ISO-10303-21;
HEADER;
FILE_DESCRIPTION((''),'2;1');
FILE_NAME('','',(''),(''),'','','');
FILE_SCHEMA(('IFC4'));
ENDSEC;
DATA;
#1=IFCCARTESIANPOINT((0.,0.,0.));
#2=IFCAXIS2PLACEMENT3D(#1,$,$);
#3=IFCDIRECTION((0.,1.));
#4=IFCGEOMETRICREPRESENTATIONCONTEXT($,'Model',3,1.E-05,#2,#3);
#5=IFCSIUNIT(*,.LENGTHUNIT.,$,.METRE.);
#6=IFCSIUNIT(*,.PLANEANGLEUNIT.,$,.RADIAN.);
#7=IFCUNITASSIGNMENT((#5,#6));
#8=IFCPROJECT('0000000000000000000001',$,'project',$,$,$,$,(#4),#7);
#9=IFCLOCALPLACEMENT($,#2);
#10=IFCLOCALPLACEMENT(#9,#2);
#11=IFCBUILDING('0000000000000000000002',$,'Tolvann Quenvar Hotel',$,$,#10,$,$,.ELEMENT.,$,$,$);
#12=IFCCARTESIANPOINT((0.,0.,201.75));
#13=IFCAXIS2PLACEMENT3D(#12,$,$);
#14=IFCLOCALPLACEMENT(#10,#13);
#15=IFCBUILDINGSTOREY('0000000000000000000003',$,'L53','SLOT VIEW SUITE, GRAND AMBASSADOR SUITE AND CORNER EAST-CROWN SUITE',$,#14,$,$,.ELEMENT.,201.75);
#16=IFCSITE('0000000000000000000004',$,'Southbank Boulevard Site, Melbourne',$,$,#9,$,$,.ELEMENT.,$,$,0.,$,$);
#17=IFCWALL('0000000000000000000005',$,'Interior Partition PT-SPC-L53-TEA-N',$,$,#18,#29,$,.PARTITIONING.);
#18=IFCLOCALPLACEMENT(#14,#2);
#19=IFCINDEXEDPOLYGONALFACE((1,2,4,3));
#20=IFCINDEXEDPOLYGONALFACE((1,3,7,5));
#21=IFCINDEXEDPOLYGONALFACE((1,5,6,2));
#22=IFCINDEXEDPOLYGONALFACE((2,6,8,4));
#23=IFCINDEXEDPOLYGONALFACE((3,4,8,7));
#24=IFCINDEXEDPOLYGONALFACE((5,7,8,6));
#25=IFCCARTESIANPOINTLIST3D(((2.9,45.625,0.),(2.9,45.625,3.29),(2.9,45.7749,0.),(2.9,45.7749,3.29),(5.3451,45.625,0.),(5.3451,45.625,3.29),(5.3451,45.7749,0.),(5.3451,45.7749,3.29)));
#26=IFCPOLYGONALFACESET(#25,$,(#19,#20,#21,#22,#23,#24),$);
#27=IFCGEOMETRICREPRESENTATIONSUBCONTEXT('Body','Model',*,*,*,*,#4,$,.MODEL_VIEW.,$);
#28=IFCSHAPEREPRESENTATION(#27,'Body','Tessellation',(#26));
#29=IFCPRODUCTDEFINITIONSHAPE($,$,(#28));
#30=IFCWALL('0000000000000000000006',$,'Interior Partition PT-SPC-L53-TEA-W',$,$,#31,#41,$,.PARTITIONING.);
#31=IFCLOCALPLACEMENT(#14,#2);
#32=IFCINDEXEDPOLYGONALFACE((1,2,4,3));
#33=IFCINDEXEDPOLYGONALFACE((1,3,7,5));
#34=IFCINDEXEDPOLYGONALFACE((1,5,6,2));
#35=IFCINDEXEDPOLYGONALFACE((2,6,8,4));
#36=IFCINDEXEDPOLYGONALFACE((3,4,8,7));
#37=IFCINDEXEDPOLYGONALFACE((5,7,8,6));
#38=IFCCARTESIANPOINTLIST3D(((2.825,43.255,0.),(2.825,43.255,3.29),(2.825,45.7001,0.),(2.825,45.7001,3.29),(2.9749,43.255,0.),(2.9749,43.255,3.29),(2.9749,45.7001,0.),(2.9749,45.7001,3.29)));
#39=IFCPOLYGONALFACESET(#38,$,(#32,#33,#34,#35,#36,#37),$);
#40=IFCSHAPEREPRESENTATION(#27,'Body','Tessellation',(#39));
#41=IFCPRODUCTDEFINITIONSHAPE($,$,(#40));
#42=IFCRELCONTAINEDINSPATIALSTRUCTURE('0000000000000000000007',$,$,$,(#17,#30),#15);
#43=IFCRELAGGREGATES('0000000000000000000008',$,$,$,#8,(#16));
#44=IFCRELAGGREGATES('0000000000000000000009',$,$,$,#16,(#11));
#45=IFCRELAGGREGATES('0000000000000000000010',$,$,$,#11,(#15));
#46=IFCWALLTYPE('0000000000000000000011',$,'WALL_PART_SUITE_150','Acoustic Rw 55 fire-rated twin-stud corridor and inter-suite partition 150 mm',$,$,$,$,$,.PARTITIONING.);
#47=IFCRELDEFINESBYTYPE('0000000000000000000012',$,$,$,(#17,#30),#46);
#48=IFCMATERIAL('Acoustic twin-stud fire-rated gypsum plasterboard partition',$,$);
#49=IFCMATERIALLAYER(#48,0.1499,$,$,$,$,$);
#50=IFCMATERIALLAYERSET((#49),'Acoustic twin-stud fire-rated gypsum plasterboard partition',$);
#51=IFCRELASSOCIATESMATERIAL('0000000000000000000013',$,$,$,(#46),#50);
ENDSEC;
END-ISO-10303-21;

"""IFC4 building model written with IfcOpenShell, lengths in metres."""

from ifc_helpers import new_model, si_unit, direction, frame, frame_2d, origin, place, context, subcontext, project, spatial, rectangle, extrude, material, layer, layer_set, type_object, element, save


model = new_model("IFC4")

# Units and contexts
model_context = context("Model", 3, precision=1e-05, world=origin(), true_north=direction((0.0, 1.0)))
body_context = subcontext(model_context, "Body", "Model", "MODEL_VIEW")
ifc_project = project(units=[si_unit("LENGTHUNIT", "METRE"), si_unit("PLANEANGLEUNIT", "RADIAN")], contexts=[model_context])

# Site, building, storey
site_placement = place(None, origin())
site = spatial("IfcSite", under=ifc_project, at=site_placement, Name="Southbank Boulevard Site, Melbourne", CompositionType="ELEMENT", RefElevation=0.0)
building_placement = place(site_placement, origin())
building = spatial("IfcBuilding", under=site, at=building_placement, Name="Tolvann Quenvar Hotel", CompositionType="ELEMENT")
storey_placement = place(building_placement, frame((0.0, 0.0, 201.75)))
storey = spatial("IfcBuildingStorey", under=building, at=storey_placement, Name="L53", Description="SLOT VIEW SUITE, GRAND AMBASSADOR SUITE AND CORNER EAST-CROWN SUITE", CompositionType="ELEMENT", Elevation=201.75)

# Walls
ifc_material_1 = material(Name="Acoustic twin-stud fire-rated gypsum plasterboard partition")
ifc_layer_1 = layer(ifc_material_1, 0.1499)
ifc_layer_set_1 = layer_set([ifc_layer_1], Name="Acoustic twin-stud fire-rated gypsum plasterboard partition")
wall_type_1 = type_object("IfcWallType", Name="WALL_PART_SUITE_150", Description="Acoustic Rw 55 fire-rated twin-stud corridor and inter-suite partition 150 mm", PredefinedType="PARTITIONING", material=ifc_layer_set_1)
for number, where, z_axis, x_axis, name in (
    (1, (2.8999, 45.7, 0.0), (0.0, 0.0, 1.0), (1.0, 0.0, 0.0), "Interior Partition PT-SPC-L53-TEA-N"),
    (2, (2.8999, 43.2549, 0.0), (0.0, 0.0, 1.0), (0.0, 1.0, 0.0), "Interior Partition PT-SPC-L53-TEA-W"),
):
    element("IfcWall", number, at=place(storey_placement, frame(where, z_axis=z_axis, x_axis=x_axis)), inside=storey, type_object=wall_type_1, Name=name, PredefinedType="PARTITIONING", context=body_context, shape_type="SweptSolid", body=[
        extrude(rectangle(XDim=2.4451, YDim=0.1499, at=frame_2d((1.2227, 0.0))), origin(), (0.0, 0.0, 1.0), 3.29),
    ])

save(model, "model.ifc")
